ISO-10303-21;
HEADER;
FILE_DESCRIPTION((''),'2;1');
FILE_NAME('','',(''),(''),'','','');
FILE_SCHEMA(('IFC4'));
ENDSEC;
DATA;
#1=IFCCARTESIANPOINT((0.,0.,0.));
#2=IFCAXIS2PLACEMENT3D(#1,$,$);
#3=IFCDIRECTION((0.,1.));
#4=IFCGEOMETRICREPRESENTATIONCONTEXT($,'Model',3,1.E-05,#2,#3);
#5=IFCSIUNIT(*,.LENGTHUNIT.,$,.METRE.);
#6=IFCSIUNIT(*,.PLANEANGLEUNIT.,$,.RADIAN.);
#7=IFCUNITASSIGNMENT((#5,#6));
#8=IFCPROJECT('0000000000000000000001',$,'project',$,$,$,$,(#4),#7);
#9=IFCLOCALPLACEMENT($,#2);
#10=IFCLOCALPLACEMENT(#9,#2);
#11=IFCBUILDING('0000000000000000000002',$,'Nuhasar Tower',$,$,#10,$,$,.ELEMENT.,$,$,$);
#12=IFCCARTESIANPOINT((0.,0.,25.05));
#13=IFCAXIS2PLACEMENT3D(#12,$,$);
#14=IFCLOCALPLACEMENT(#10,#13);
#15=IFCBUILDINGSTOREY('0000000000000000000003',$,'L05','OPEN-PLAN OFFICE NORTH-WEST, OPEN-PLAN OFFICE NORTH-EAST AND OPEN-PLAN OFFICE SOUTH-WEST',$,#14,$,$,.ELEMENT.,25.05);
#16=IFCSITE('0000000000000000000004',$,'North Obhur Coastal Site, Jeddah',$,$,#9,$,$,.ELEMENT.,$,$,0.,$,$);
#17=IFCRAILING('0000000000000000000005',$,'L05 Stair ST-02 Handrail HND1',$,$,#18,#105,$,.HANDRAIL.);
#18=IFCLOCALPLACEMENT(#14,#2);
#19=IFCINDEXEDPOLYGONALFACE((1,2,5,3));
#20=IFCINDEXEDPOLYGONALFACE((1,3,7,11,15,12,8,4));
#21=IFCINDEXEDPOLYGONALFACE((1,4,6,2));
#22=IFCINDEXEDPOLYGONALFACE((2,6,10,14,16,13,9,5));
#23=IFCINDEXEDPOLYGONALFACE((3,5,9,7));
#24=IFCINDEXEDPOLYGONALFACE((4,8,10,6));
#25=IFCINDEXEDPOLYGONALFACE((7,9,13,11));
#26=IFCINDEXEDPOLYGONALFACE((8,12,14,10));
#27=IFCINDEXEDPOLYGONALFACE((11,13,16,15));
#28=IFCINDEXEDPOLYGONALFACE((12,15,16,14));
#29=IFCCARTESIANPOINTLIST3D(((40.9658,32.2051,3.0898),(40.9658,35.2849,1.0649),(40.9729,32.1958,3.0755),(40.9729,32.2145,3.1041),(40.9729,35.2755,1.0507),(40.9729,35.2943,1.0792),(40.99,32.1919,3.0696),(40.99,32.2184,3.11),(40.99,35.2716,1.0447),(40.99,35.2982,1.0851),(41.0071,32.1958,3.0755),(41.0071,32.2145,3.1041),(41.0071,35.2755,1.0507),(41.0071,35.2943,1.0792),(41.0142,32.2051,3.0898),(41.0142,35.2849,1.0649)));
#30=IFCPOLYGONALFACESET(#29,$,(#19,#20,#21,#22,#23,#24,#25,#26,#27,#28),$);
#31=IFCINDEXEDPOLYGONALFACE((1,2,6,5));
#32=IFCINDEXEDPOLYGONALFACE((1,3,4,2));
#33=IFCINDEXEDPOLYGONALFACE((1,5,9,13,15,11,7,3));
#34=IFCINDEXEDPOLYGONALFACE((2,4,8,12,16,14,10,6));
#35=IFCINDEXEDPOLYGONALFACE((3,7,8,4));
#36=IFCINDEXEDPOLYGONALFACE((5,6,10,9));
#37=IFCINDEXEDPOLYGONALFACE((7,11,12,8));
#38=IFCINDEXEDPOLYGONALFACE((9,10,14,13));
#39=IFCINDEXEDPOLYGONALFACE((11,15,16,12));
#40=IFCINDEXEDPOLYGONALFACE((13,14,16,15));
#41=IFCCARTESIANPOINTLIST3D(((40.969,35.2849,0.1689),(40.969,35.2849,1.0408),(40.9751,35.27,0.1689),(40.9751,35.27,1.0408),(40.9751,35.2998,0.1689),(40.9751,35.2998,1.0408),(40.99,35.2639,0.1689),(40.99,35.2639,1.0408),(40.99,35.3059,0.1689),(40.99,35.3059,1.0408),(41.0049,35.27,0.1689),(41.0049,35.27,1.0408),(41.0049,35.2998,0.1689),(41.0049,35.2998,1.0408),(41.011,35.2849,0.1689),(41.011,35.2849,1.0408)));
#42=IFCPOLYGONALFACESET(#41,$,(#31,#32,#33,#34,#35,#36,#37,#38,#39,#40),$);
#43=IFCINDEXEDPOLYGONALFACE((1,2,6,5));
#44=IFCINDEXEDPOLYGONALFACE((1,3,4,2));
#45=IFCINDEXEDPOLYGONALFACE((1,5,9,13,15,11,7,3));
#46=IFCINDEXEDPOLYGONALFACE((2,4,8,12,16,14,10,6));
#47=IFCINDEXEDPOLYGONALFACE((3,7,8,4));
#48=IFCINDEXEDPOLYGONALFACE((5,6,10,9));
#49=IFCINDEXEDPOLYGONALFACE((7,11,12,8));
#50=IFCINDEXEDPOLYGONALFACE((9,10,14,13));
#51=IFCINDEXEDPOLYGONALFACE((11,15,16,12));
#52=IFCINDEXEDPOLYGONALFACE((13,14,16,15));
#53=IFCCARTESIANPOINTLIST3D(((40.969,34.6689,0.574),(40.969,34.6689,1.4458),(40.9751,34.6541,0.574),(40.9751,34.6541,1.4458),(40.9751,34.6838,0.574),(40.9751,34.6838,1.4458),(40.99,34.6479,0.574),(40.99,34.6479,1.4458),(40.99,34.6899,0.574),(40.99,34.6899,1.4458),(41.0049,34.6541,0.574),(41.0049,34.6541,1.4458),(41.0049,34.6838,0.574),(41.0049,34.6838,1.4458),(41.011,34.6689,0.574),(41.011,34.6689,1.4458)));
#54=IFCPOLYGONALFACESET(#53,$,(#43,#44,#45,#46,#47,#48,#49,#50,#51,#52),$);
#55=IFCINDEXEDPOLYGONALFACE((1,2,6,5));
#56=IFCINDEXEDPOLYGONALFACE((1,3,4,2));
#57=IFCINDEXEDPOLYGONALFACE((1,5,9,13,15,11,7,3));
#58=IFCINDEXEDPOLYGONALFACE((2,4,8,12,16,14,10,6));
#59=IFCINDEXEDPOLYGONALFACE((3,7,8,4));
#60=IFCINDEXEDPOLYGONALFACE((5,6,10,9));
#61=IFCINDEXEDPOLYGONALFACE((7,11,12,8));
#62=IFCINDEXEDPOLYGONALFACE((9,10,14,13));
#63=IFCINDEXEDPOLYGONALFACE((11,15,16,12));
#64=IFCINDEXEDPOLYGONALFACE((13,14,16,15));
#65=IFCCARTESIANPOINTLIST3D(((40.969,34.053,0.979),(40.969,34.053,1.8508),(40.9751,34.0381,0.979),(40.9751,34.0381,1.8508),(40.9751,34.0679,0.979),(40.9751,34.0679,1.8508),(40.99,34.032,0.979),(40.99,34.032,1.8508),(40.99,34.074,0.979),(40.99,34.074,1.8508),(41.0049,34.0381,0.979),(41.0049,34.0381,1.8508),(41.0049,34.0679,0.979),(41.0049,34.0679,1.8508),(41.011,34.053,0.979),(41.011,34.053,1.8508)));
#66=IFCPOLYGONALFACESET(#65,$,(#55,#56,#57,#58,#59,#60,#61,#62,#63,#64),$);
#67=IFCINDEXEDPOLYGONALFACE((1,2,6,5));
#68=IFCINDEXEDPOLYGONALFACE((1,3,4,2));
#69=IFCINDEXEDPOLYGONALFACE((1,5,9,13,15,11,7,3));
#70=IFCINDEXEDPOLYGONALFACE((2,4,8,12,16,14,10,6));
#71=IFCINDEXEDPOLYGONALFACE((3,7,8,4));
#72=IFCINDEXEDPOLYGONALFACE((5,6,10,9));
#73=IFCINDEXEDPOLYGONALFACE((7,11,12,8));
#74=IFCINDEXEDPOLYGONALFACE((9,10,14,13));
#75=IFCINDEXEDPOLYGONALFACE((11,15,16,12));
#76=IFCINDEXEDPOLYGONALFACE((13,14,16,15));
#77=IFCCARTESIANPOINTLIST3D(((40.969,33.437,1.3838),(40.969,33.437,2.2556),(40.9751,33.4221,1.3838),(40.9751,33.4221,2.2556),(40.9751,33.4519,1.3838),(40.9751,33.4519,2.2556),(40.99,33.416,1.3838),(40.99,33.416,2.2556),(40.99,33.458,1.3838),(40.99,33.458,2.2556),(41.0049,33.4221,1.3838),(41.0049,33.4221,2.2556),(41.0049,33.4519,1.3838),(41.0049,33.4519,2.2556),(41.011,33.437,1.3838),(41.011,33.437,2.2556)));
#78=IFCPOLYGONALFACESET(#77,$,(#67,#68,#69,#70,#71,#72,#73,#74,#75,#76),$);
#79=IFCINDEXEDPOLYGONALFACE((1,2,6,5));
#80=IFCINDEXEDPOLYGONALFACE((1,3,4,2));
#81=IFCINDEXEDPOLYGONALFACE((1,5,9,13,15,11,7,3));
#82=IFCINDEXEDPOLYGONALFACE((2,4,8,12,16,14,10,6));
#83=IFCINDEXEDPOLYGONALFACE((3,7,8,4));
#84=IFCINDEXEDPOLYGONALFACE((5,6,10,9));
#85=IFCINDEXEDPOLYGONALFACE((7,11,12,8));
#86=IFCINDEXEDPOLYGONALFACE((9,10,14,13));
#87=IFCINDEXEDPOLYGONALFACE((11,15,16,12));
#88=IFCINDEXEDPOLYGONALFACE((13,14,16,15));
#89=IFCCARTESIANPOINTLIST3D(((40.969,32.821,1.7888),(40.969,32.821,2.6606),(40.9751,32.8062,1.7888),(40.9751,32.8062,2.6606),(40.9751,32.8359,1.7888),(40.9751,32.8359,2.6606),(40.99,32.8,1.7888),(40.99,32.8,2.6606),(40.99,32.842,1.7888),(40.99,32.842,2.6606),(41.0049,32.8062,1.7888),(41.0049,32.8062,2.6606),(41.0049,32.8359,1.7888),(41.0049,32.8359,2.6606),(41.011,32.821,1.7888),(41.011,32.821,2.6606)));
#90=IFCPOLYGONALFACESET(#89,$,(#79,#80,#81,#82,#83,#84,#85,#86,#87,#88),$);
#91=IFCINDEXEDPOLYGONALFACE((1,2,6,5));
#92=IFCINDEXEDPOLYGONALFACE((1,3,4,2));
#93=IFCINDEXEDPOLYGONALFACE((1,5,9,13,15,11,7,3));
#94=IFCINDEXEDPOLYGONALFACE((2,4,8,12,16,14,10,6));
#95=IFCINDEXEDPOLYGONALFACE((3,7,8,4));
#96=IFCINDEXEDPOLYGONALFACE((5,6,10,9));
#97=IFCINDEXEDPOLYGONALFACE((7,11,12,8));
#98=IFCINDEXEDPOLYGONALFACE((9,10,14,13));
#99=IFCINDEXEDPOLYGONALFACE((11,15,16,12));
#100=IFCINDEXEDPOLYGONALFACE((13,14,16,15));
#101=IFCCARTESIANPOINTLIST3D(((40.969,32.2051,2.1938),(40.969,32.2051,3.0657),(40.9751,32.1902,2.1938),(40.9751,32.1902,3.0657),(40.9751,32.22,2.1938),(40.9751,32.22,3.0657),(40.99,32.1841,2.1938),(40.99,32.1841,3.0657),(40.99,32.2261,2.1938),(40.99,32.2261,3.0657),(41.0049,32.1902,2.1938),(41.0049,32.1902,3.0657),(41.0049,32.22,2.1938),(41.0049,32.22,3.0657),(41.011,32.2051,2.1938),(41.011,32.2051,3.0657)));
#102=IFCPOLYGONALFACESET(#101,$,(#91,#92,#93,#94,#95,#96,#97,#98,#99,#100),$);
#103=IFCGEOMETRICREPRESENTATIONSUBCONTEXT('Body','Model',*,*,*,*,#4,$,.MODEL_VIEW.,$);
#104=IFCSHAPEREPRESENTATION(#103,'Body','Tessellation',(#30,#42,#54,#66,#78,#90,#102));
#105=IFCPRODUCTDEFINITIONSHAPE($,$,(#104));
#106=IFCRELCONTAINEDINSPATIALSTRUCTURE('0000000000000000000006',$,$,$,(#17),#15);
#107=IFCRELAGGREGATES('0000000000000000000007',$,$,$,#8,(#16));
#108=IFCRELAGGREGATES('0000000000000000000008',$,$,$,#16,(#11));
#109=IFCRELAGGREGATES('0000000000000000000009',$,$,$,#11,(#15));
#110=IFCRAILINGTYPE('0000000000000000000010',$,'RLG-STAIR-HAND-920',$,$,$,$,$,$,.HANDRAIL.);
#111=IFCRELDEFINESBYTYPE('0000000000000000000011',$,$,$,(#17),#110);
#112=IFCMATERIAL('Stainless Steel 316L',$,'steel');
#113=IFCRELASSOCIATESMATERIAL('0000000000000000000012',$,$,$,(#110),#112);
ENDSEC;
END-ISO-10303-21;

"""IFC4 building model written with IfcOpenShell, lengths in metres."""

from ifc_helpers import new_model, si_unit, direction, frame, origin, place, context, subcontext, project, spatial, polyline, outline, extrude, material, type_object, element, save


model = new_model("IFC4")

# Units and contexts
model_context = context("Model", 3, precision=1e-05, world=origin(), true_north=direction((0.0, 1.0)))
body_context = subcontext(model_context, "Body", "Model", "MODEL_VIEW")
ifc_project = project(units=[si_unit("LENGTHUNIT", "METRE"), si_unit("PLANEANGLEUNIT", "RADIAN")], contexts=[model_context])

# Site, building, storey
site_placement = place(None, origin())
site = spatial("IfcSite", under=ifc_project, at=site_placement, Name="North Obhur Coastal Site, Jeddah", CompositionType="ELEMENT", RefElevation=0.0)
building_placement = place(site_placement, origin())
building = spatial("IfcBuilding", under=site, at=building_placement, Name="Nuhasar Tower", CompositionType="ELEMENT")
storey_placement = place(building_placement, frame((0.0, 0.0, 25.05)))
storey = spatial("IfcBuildingStorey", under=building, at=storey_placement, Name="L05", Description="OPEN-PLAN OFFICE NORTH-WEST, OPEN-PLAN OFFICE NORTH-EAST AND OPEN-PLAN OFFICE SOUTH-WEST", CompositionType="ELEMENT", Elevation=25.05)

# Railing
ifc_material_1 = material(Name="Stainless Steel 316L", Category="steel")
railing_type_1 = type_object("IfcRailingType", Name="RLG-STAIR-HAND-920", PredefinedType="HANDRAIL", material=ifc_material_1)
railing_1_placement = place(storey_placement, frame((40.99, 35.2849, 0.1689)))
element("IfcRailing", 1, at=railing_1_placement, inside=storey, type_object=railing_type_1, Name="L05 Stair ST-02 Handrail HND1", PredefinedType="HANDRAIL", context=body_context, shape_type="SweptSolid", body=[
    extrude(outline(polyline([(0.0242, 0.0), (0.0171, 0.0171), (0.0, 0.0242), (-0.0171, 0.0171), (-0.0242, 0.0), (-0.0171, -0.0171), (0.0, -0.0242), (0.0171, -0.0171), (0.0242, 0.0)])), frame((0.0, 0.0, 0.896), z_axis=(0.0, -0.83558, 0.54937), x_axis=(1.0, 0.0, 0.0)), (0.0, 0.0, 1.0), 3.6858),
    extrude(outline(polyline([(0.021, 0.0), (0.0149, 0.0149), (0.0, 0.021), (-0.0149, 0.0149), (-0.021, 0.0), (-0.0149, -0.0149), (0.0, -0.021), (0.0149, -0.0149), (0.021, 0.0)])), origin(), (0.0, 0.0, 1.0), 0.8718),
    extrude(outline(polyline([(0.021, 0.0), (0.0149, 0.0149), (0.0, 0.021), (-0.0149, 0.0149), (-0.021, 0.0), (-0.0149, -0.0149), (0.0, -0.021), (0.0149, -0.0149), (0.021, 0.0)])), frame((0.0, -0.616, 0.405)), (0.0, 0.0, 1.0), 0.8718),
    extrude(outline(polyline([(0.021, 0.0), (0.0149, 0.0149), (0.0, 0.021), (-0.0149, 0.0149), (-0.021, 0.0), (-0.0149, -0.0149), (0.0, -0.021), (0.0149, -0.0149), (0.021, 0.0)])), frame((0.0, -1.2319, 0.8101)), (0.0, 0.0, 1.0), 0.8718),
    extrude(outline(polyline([(0.021, 0.0), (0.0149, 0.0149), (0.0, 0.021), (-0.0149, 0.0149), (-0.021, 0.0), (-0.0149, -0.0149), (0.0, -0.021), (0.0149, -0.0149), (0.021, 0.0)])), frame((0.0, -1.8479, 1.2148)), (0.0, 0.0, 1.0), 0.8718),
    extrude(outline(polyline([(0.021, 0.0), (0.0149, 0.0149), (0.0, 0.021), (-0.0149, 0.0149), (-0.021, 0.0), (-0.0149, -0.0149), (0.0, -0.021), (0.0149, -0.0149), (0.021, 0.0)])), frame((0.0, -2.4639, 1.6199)), (0.0, 0.0, 1.0), 0.8718),
    extrude(outline(polyline([(0.021, 0.0), (0.0149, 0.0149), (0.0, 0.021), (-0.0149, 0.0149), (-0.021, 0.0), (-0.0149, -0.0149), (0.0, -0.021), (0.0149, -0.0149), (0.021, 0.0)])), frame((0.0, -3.0798, 2.0249)), (0.0, 0.0, 1.0), 0.8718),
])

save(model, "model.ifc")
